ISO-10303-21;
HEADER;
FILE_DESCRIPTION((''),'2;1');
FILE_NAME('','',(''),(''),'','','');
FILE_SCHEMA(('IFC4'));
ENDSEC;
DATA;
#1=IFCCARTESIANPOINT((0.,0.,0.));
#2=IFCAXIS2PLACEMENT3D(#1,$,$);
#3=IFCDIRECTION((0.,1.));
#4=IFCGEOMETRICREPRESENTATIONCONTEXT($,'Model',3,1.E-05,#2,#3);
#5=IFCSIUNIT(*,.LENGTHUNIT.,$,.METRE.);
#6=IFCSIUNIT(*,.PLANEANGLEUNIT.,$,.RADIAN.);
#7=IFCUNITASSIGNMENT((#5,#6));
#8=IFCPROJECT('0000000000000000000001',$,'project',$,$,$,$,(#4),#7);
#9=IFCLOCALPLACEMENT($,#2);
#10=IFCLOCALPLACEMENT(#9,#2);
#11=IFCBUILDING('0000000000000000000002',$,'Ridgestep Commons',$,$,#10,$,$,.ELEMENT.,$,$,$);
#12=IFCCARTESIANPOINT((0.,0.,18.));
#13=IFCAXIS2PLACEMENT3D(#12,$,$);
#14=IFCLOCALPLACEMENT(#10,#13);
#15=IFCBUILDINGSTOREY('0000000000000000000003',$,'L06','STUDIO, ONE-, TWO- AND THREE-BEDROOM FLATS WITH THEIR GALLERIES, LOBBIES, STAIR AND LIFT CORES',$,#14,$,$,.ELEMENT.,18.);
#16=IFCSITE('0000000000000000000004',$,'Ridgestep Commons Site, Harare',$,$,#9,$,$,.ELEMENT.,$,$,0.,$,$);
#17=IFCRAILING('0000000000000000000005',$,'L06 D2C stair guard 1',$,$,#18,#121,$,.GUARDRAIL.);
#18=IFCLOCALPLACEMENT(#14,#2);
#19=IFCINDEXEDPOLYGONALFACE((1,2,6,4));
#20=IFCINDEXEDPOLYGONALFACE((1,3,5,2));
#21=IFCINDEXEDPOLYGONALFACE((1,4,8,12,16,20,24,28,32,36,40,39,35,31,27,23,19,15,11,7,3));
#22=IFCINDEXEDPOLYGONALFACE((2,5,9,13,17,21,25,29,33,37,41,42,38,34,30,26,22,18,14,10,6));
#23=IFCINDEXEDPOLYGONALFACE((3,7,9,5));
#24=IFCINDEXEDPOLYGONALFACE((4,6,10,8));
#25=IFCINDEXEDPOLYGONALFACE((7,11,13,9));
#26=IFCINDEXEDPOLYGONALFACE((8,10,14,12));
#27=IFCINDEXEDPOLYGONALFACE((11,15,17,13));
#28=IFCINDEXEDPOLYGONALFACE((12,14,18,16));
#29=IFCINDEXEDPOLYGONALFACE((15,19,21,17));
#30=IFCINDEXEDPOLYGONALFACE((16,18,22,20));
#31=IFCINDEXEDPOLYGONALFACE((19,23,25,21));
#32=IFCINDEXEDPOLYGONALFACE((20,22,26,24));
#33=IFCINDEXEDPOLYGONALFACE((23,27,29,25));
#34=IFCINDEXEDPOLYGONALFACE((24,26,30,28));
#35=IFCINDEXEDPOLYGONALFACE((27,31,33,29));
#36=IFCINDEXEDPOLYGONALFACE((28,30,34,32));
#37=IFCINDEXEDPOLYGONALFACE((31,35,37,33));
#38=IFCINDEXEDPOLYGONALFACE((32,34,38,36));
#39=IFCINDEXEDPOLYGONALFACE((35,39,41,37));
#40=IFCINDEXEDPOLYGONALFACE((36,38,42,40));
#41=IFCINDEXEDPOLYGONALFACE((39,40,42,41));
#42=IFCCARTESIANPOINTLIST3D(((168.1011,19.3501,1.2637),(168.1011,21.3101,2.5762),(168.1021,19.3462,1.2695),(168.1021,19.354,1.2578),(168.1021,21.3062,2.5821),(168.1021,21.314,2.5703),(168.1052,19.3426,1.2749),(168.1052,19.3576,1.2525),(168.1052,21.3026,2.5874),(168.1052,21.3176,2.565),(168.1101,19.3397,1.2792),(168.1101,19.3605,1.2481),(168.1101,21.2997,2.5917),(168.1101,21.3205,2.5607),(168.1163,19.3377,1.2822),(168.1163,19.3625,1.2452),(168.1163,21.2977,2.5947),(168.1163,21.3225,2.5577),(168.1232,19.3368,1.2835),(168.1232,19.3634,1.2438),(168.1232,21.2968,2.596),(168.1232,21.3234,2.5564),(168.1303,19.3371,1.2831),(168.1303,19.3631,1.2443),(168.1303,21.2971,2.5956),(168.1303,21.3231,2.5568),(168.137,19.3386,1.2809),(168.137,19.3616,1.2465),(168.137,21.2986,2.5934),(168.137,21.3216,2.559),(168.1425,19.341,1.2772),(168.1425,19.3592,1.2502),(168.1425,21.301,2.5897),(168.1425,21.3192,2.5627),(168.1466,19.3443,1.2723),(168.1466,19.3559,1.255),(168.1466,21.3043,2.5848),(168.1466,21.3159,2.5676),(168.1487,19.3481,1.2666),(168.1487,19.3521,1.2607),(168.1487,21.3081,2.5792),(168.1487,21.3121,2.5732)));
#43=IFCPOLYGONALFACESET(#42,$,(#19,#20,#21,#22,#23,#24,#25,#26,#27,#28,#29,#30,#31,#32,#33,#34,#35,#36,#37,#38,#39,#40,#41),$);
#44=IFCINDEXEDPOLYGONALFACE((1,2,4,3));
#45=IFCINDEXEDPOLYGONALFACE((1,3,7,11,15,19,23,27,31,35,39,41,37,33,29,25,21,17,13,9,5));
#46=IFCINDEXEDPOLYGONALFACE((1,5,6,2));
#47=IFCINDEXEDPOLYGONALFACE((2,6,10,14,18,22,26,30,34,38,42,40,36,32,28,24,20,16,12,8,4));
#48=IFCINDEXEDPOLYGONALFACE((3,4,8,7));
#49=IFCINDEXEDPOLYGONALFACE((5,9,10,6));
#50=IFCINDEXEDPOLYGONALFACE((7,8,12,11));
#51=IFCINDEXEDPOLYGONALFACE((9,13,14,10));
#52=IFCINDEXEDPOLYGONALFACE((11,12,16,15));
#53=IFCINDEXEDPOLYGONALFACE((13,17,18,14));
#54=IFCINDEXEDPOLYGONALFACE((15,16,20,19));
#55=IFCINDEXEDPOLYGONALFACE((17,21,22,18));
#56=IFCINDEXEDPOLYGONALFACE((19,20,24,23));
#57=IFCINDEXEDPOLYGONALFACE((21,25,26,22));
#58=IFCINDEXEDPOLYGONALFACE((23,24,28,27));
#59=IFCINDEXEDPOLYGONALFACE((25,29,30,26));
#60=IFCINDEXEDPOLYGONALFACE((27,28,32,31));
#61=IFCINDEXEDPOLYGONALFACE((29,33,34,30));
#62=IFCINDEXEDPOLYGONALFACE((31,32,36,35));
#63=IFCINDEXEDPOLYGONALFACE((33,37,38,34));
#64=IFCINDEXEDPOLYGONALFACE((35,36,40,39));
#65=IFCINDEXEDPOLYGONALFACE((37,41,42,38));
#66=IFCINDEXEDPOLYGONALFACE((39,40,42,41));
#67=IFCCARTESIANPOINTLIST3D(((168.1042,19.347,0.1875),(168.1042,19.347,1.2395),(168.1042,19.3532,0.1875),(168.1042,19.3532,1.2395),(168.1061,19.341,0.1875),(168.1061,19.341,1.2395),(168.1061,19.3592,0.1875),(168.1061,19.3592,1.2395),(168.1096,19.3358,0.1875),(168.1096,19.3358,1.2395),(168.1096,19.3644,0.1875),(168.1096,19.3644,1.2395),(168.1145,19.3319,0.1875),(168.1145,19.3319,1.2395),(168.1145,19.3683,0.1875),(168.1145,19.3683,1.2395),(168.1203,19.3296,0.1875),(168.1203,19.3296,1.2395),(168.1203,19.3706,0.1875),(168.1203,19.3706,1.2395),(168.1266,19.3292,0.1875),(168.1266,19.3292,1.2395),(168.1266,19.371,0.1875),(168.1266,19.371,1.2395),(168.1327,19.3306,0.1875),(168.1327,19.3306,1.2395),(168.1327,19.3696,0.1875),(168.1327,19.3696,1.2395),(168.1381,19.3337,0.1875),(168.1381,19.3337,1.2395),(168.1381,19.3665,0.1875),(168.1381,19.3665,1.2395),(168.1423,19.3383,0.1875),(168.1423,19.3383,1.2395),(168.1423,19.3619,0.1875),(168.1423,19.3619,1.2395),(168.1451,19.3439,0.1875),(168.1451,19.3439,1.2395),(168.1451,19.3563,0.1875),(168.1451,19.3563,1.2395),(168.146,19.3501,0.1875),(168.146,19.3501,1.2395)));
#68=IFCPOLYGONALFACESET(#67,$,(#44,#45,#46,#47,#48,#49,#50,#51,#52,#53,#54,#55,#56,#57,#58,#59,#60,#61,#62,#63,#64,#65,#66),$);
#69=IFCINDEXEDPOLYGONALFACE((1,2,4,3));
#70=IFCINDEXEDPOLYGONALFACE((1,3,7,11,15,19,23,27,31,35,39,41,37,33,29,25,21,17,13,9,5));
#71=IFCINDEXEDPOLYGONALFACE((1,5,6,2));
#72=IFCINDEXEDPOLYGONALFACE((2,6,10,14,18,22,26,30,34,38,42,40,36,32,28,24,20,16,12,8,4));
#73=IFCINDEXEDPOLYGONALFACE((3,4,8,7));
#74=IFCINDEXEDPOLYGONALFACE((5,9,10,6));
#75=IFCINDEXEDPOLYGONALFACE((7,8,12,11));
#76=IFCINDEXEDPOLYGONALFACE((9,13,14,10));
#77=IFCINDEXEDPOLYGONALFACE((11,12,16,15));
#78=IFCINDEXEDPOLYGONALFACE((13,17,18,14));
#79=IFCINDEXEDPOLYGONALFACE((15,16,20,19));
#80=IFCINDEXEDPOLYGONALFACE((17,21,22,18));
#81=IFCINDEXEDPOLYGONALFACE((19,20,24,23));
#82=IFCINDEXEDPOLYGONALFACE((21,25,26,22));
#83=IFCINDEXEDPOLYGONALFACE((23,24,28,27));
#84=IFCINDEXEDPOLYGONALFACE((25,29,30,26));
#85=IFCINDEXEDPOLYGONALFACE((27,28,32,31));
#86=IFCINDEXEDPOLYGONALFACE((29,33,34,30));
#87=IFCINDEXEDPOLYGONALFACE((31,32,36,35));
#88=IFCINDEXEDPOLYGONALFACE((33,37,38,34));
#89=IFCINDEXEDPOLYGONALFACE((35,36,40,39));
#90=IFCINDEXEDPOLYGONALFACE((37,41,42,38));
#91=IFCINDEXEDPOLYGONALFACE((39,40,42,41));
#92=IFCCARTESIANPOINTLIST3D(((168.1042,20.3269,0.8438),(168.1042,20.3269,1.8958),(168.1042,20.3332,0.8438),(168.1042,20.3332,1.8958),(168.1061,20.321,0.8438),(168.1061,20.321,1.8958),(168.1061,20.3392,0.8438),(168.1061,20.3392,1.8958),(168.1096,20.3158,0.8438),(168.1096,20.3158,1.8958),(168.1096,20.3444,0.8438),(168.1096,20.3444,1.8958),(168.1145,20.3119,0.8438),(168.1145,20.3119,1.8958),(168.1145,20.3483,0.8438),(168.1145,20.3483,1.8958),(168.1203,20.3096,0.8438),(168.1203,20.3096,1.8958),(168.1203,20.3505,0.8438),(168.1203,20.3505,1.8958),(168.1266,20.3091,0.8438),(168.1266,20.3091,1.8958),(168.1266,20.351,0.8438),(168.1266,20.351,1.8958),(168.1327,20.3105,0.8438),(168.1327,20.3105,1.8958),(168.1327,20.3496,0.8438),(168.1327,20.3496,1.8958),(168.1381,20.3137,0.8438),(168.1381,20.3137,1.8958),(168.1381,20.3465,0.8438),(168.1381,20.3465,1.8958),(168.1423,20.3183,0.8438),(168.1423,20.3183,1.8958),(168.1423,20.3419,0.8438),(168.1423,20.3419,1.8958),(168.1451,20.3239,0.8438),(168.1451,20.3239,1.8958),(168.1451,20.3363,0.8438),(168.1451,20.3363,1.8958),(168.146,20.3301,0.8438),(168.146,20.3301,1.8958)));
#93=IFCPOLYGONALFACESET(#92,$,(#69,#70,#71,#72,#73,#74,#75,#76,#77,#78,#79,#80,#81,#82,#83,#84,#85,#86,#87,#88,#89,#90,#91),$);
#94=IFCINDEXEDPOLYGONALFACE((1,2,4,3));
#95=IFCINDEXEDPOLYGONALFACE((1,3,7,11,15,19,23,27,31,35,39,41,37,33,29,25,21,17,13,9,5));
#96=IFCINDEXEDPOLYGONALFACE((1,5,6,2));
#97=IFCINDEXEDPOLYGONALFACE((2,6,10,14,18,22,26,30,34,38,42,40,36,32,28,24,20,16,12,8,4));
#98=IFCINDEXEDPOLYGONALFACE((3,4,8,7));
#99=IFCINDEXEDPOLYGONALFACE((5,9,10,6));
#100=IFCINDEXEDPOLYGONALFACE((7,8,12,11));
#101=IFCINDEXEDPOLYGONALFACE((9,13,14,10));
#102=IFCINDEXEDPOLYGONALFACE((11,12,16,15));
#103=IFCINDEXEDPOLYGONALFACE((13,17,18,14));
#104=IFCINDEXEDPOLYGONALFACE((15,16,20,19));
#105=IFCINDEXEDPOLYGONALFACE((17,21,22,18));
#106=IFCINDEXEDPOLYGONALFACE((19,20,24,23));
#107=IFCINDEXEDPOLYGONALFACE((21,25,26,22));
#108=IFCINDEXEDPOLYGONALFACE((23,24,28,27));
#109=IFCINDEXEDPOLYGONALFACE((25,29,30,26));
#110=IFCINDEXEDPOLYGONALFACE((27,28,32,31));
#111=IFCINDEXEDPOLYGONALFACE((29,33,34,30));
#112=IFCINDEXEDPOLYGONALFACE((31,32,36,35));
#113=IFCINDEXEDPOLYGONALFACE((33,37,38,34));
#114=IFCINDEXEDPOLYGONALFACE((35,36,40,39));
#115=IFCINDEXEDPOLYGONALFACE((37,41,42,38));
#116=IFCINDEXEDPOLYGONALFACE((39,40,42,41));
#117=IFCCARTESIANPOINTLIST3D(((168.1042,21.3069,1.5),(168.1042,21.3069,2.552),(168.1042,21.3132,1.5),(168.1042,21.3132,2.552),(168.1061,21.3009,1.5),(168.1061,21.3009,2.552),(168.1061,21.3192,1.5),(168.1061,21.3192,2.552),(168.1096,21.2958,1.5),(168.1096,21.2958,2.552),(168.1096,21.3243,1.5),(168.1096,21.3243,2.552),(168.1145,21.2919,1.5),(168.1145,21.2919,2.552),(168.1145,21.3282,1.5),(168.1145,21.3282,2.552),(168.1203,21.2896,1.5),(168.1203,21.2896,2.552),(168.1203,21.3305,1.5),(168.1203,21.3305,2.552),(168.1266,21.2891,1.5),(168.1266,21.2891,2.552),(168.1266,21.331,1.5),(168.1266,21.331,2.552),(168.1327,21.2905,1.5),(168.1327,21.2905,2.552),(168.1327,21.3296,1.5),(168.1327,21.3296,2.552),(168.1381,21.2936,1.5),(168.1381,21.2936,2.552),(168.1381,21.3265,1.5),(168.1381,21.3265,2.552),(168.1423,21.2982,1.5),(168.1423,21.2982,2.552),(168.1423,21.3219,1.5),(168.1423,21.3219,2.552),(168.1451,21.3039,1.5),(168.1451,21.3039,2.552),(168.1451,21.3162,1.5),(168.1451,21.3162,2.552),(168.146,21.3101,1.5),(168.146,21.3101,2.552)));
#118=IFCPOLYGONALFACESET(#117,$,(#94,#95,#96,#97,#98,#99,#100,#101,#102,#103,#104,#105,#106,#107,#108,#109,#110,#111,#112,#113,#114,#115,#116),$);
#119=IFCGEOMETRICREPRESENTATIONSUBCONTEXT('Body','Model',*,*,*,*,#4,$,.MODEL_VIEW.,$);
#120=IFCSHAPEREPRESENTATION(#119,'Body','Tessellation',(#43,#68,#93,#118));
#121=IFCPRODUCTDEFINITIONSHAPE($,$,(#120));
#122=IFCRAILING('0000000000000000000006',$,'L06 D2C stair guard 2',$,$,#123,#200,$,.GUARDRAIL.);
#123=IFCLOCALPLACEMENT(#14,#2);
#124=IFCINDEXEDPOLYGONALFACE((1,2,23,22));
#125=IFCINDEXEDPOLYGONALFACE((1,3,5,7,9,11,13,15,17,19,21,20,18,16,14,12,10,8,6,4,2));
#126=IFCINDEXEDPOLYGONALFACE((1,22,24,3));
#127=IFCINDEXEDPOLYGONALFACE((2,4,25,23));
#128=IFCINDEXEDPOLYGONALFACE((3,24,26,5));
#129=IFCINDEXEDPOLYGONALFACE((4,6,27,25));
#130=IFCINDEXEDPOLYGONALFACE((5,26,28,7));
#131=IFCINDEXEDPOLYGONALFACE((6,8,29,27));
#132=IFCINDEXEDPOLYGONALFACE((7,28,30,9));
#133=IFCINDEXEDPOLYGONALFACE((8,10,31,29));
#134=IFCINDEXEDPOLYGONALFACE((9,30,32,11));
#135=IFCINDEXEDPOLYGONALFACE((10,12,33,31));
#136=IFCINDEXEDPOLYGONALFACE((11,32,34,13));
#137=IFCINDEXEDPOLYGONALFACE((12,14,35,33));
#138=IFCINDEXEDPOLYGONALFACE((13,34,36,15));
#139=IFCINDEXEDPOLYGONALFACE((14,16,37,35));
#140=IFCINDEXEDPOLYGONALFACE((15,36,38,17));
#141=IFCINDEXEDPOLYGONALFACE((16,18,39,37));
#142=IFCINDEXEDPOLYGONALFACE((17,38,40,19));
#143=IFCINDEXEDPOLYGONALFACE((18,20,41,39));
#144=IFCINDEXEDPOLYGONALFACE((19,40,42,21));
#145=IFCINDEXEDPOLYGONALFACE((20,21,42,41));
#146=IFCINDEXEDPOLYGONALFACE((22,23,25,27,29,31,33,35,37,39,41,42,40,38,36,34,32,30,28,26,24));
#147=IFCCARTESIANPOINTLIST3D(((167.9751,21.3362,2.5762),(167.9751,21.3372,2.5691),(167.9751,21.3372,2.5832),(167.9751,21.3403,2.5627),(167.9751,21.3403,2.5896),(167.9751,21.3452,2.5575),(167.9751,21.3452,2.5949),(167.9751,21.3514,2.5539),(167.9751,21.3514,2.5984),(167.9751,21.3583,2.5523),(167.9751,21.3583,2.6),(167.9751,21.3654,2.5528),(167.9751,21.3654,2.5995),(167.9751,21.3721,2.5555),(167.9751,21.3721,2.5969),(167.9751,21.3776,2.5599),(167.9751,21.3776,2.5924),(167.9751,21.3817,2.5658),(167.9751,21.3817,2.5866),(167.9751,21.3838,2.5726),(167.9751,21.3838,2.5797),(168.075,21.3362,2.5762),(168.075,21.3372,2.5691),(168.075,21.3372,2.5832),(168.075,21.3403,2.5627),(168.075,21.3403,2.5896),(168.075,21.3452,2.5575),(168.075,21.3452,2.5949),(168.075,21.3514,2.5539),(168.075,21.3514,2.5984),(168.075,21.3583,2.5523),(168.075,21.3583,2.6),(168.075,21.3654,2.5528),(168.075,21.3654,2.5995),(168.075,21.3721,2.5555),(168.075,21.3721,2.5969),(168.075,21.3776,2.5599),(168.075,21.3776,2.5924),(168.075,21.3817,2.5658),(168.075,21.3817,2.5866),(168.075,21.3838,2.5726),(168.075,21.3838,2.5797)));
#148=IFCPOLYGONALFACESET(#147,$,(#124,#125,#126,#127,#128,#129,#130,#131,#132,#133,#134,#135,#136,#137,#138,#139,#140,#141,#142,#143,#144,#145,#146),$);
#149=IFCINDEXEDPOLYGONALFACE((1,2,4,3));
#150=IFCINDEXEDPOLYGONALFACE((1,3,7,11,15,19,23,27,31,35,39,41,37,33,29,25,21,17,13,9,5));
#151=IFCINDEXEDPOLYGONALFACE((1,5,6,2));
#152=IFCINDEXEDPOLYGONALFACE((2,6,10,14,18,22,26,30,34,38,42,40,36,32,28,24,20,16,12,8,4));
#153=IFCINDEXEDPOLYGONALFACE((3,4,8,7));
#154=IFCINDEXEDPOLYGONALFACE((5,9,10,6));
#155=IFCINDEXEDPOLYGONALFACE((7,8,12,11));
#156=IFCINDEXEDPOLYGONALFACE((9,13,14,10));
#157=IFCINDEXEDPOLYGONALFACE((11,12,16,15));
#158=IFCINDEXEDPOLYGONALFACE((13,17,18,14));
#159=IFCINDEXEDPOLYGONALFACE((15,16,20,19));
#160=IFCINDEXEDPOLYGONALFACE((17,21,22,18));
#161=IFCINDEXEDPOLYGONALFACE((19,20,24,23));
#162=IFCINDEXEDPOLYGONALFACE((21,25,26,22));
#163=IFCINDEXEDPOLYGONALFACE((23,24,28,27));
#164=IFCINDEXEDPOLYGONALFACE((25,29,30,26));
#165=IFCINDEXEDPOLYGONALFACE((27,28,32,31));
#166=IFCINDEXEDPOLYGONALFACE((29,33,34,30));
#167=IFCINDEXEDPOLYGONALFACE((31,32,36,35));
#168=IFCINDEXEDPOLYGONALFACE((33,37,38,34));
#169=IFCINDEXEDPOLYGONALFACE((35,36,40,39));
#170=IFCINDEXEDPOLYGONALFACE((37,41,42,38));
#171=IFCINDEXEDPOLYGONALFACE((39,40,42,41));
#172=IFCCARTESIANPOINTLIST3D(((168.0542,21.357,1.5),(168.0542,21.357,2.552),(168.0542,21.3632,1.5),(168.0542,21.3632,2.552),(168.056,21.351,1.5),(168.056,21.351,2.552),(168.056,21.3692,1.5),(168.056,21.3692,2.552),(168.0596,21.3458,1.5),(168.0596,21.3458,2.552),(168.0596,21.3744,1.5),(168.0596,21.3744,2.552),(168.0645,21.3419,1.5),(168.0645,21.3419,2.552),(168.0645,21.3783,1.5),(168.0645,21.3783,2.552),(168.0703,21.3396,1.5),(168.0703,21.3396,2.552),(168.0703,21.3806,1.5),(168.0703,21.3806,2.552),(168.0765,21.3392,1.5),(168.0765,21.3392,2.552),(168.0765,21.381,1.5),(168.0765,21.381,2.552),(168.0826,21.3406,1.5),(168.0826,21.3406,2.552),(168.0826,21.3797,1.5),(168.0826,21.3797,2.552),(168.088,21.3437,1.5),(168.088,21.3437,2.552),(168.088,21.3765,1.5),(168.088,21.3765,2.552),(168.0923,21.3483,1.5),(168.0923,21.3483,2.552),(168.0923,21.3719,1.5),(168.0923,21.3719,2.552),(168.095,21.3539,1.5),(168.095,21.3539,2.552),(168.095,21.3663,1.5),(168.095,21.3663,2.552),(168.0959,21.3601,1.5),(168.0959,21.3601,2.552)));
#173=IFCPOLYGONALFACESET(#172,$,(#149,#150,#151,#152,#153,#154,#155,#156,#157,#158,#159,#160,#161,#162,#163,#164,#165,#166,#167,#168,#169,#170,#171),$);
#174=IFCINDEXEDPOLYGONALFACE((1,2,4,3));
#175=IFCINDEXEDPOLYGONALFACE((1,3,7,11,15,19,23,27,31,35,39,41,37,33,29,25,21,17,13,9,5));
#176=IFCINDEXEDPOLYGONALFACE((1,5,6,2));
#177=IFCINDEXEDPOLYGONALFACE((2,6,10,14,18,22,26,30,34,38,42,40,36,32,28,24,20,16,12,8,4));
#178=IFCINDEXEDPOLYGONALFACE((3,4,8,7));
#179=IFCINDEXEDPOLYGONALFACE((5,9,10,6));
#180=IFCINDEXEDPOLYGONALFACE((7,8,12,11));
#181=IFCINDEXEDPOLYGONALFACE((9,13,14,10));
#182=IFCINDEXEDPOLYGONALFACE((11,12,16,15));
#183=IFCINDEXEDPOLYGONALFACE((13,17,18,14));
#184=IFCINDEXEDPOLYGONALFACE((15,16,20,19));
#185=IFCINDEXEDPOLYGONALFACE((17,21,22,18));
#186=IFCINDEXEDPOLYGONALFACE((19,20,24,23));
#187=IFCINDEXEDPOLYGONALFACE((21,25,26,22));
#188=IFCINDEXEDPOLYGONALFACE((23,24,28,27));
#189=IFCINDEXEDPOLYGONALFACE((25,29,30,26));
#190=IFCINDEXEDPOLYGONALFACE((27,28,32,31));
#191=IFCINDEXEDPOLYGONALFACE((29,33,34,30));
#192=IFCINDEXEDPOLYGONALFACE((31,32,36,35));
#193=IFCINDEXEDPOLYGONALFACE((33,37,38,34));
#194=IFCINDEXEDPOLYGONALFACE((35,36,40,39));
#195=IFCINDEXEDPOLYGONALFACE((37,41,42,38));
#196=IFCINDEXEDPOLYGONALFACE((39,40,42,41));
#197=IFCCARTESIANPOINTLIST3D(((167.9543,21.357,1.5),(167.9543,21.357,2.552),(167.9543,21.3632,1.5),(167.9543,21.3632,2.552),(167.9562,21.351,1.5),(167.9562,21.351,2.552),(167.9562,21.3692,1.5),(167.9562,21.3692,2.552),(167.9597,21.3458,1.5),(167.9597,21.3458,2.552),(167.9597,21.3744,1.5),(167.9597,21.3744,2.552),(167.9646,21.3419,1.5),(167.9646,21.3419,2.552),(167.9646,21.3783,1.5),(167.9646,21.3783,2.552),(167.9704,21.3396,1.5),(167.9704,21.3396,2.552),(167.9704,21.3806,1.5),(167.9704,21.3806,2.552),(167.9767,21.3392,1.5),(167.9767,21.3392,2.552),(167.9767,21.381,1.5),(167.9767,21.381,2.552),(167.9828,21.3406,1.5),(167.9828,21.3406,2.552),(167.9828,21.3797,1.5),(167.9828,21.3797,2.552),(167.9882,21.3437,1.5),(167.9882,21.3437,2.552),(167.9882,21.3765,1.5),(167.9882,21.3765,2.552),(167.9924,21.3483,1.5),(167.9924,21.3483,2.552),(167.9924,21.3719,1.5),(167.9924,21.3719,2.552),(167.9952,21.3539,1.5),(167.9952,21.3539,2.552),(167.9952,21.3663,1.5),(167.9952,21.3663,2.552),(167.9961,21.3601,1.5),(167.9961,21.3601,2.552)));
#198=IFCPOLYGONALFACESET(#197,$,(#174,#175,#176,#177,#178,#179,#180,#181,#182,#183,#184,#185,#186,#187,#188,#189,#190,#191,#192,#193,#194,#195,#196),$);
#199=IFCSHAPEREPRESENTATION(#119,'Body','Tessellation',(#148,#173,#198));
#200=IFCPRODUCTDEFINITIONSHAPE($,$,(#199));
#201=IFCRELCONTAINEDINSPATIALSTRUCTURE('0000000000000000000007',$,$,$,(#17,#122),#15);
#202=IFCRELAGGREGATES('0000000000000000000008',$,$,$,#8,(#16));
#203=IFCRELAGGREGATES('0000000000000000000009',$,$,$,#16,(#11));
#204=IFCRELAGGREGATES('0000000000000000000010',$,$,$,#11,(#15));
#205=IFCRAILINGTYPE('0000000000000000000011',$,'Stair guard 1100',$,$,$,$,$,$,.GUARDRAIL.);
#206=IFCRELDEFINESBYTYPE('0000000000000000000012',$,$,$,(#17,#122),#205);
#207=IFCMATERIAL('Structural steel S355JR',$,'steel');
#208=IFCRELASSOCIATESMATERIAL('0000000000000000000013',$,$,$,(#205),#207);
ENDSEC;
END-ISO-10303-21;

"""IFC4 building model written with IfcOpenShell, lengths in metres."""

from ifc_helpers import new_model, si_unit, direction, frame, origin, origin_2d, place, context, subcontext, project, spatial, circle, extrude, material, type_object, element, save


model = new_model("IFC4")

# Units and contexts
model_context = context("Model", 3, precision=1e-05, world=origin(), true_north=direction((0.0, 1.0)))
body_context = subcontext(model_context, "Body", "Model", "MODEL_VIEW")
ifc_project = project(units=[si_unit("LENGTHUNIT", "METRE"), si_unit("PLANEANGLEUNIT", "RADIAN")], contexts=[model_context])

# Site, building, storey
site_placement = place(None, origin())
site = spatial("IfcSite", under=ifc_project, at=site_placement, Name="Ridgestep Commons Site, Harare", CompositionType="ELEMENT", RefElevation=0.0)
building_placement = place(site_placement, origin())
building = spatial("IfcBuilding", under=site, at=building_placement, Name="Ridgestep Commons", CompositionType="ELEMENT")
storey_placement = place(building_placement, frame((0.0, 0.0, 18.0)))
storey = spatial("IfcBuildingStorey", under=building, at=storey_placement, Name="L06", Description="STUDIO, ONE-, TWO- AND THREE-BEDROOM FLATS WITH THEIR GALLERIES, LOBBIES, STAIR AND LIFT CORES", CompositionType="ELEMENT", Elevation=18.0)

# Railings
ifc_material_1 = material(Name="Structural steel S355JR", Category="steel")
railing_type_1 = type_object("IfcRailingType", Name="Stair guard 1100", PredefinedType="GUARDRAIL", material=ifc_material_1)
railing_1_placement = place(storey_placement, frame((168.125, 19.3501, 0.1875)))
element("IfcRailing", 1, at=railing_1_placement, inside=storey, type_object=railing_type_1, Name="L06 D2C stair guard 1", PredefinedType="GUARDRAIL", context=body_context, shape_type="SweptSolid", body=[
    extrude(circle(Radius=0.0239, at=origin_2d()), frame((0.0, 0.0, 1.0762), z_axis=(0.0, 0.830902, 0.556419), x_axis=(-1.0, 0.0, 0.0)), (0.0, 0.0, 1.0), 2.3589),
    extrude(circle(Radius=0.021, at=origin_2d()), origin(), (0.0, 0.0, 1.0), 1.052),
    extrude(circle(Radius=0.021, at=origin_2d()), frame((0.0, 0.98, 0.6562)), (0.0, 0.0, 1.0), 1.052),
    extrude(circle(Radius=0.021, at=origin_2d()), frame((0.0, 1.96, 1.3125)), (0.0, 0.0, 1.0), 1.052),
])
railing_2_placement = place(storey_placement, frame((168.075, 21.3601, 1.5)))
element("IfcRailing", 2, at=railing_2_placement, inside=storey, type_object=railing_type_1, Name="L06 D2C stair guard 2", PredefinedType="GUARDRAIL", context=body_context, shape_type="SweptSolid", body=[
    extrude(circle(Radius=0.0239, at=origin_2d()), frame((0.0, 0.0, 1.0762), z_axis=(-1.0, 0.0, 0.0), x_axis=(0.0, -1.0, 0.0)), (0.0, 0.0, 1.0), 0.0999),
    extrude(circle(Radius=0.021, at=origin_2d()), origin(), (0.0, 0.0, 1.0), 1.052),
    extrude(circle(Radius=0.021, at=origin_2d()), frame((-0.0999, 0.0, 0.0)), (0.0, 0.0, 1.0), 1.052),
])

save(model, "model.ifc")
